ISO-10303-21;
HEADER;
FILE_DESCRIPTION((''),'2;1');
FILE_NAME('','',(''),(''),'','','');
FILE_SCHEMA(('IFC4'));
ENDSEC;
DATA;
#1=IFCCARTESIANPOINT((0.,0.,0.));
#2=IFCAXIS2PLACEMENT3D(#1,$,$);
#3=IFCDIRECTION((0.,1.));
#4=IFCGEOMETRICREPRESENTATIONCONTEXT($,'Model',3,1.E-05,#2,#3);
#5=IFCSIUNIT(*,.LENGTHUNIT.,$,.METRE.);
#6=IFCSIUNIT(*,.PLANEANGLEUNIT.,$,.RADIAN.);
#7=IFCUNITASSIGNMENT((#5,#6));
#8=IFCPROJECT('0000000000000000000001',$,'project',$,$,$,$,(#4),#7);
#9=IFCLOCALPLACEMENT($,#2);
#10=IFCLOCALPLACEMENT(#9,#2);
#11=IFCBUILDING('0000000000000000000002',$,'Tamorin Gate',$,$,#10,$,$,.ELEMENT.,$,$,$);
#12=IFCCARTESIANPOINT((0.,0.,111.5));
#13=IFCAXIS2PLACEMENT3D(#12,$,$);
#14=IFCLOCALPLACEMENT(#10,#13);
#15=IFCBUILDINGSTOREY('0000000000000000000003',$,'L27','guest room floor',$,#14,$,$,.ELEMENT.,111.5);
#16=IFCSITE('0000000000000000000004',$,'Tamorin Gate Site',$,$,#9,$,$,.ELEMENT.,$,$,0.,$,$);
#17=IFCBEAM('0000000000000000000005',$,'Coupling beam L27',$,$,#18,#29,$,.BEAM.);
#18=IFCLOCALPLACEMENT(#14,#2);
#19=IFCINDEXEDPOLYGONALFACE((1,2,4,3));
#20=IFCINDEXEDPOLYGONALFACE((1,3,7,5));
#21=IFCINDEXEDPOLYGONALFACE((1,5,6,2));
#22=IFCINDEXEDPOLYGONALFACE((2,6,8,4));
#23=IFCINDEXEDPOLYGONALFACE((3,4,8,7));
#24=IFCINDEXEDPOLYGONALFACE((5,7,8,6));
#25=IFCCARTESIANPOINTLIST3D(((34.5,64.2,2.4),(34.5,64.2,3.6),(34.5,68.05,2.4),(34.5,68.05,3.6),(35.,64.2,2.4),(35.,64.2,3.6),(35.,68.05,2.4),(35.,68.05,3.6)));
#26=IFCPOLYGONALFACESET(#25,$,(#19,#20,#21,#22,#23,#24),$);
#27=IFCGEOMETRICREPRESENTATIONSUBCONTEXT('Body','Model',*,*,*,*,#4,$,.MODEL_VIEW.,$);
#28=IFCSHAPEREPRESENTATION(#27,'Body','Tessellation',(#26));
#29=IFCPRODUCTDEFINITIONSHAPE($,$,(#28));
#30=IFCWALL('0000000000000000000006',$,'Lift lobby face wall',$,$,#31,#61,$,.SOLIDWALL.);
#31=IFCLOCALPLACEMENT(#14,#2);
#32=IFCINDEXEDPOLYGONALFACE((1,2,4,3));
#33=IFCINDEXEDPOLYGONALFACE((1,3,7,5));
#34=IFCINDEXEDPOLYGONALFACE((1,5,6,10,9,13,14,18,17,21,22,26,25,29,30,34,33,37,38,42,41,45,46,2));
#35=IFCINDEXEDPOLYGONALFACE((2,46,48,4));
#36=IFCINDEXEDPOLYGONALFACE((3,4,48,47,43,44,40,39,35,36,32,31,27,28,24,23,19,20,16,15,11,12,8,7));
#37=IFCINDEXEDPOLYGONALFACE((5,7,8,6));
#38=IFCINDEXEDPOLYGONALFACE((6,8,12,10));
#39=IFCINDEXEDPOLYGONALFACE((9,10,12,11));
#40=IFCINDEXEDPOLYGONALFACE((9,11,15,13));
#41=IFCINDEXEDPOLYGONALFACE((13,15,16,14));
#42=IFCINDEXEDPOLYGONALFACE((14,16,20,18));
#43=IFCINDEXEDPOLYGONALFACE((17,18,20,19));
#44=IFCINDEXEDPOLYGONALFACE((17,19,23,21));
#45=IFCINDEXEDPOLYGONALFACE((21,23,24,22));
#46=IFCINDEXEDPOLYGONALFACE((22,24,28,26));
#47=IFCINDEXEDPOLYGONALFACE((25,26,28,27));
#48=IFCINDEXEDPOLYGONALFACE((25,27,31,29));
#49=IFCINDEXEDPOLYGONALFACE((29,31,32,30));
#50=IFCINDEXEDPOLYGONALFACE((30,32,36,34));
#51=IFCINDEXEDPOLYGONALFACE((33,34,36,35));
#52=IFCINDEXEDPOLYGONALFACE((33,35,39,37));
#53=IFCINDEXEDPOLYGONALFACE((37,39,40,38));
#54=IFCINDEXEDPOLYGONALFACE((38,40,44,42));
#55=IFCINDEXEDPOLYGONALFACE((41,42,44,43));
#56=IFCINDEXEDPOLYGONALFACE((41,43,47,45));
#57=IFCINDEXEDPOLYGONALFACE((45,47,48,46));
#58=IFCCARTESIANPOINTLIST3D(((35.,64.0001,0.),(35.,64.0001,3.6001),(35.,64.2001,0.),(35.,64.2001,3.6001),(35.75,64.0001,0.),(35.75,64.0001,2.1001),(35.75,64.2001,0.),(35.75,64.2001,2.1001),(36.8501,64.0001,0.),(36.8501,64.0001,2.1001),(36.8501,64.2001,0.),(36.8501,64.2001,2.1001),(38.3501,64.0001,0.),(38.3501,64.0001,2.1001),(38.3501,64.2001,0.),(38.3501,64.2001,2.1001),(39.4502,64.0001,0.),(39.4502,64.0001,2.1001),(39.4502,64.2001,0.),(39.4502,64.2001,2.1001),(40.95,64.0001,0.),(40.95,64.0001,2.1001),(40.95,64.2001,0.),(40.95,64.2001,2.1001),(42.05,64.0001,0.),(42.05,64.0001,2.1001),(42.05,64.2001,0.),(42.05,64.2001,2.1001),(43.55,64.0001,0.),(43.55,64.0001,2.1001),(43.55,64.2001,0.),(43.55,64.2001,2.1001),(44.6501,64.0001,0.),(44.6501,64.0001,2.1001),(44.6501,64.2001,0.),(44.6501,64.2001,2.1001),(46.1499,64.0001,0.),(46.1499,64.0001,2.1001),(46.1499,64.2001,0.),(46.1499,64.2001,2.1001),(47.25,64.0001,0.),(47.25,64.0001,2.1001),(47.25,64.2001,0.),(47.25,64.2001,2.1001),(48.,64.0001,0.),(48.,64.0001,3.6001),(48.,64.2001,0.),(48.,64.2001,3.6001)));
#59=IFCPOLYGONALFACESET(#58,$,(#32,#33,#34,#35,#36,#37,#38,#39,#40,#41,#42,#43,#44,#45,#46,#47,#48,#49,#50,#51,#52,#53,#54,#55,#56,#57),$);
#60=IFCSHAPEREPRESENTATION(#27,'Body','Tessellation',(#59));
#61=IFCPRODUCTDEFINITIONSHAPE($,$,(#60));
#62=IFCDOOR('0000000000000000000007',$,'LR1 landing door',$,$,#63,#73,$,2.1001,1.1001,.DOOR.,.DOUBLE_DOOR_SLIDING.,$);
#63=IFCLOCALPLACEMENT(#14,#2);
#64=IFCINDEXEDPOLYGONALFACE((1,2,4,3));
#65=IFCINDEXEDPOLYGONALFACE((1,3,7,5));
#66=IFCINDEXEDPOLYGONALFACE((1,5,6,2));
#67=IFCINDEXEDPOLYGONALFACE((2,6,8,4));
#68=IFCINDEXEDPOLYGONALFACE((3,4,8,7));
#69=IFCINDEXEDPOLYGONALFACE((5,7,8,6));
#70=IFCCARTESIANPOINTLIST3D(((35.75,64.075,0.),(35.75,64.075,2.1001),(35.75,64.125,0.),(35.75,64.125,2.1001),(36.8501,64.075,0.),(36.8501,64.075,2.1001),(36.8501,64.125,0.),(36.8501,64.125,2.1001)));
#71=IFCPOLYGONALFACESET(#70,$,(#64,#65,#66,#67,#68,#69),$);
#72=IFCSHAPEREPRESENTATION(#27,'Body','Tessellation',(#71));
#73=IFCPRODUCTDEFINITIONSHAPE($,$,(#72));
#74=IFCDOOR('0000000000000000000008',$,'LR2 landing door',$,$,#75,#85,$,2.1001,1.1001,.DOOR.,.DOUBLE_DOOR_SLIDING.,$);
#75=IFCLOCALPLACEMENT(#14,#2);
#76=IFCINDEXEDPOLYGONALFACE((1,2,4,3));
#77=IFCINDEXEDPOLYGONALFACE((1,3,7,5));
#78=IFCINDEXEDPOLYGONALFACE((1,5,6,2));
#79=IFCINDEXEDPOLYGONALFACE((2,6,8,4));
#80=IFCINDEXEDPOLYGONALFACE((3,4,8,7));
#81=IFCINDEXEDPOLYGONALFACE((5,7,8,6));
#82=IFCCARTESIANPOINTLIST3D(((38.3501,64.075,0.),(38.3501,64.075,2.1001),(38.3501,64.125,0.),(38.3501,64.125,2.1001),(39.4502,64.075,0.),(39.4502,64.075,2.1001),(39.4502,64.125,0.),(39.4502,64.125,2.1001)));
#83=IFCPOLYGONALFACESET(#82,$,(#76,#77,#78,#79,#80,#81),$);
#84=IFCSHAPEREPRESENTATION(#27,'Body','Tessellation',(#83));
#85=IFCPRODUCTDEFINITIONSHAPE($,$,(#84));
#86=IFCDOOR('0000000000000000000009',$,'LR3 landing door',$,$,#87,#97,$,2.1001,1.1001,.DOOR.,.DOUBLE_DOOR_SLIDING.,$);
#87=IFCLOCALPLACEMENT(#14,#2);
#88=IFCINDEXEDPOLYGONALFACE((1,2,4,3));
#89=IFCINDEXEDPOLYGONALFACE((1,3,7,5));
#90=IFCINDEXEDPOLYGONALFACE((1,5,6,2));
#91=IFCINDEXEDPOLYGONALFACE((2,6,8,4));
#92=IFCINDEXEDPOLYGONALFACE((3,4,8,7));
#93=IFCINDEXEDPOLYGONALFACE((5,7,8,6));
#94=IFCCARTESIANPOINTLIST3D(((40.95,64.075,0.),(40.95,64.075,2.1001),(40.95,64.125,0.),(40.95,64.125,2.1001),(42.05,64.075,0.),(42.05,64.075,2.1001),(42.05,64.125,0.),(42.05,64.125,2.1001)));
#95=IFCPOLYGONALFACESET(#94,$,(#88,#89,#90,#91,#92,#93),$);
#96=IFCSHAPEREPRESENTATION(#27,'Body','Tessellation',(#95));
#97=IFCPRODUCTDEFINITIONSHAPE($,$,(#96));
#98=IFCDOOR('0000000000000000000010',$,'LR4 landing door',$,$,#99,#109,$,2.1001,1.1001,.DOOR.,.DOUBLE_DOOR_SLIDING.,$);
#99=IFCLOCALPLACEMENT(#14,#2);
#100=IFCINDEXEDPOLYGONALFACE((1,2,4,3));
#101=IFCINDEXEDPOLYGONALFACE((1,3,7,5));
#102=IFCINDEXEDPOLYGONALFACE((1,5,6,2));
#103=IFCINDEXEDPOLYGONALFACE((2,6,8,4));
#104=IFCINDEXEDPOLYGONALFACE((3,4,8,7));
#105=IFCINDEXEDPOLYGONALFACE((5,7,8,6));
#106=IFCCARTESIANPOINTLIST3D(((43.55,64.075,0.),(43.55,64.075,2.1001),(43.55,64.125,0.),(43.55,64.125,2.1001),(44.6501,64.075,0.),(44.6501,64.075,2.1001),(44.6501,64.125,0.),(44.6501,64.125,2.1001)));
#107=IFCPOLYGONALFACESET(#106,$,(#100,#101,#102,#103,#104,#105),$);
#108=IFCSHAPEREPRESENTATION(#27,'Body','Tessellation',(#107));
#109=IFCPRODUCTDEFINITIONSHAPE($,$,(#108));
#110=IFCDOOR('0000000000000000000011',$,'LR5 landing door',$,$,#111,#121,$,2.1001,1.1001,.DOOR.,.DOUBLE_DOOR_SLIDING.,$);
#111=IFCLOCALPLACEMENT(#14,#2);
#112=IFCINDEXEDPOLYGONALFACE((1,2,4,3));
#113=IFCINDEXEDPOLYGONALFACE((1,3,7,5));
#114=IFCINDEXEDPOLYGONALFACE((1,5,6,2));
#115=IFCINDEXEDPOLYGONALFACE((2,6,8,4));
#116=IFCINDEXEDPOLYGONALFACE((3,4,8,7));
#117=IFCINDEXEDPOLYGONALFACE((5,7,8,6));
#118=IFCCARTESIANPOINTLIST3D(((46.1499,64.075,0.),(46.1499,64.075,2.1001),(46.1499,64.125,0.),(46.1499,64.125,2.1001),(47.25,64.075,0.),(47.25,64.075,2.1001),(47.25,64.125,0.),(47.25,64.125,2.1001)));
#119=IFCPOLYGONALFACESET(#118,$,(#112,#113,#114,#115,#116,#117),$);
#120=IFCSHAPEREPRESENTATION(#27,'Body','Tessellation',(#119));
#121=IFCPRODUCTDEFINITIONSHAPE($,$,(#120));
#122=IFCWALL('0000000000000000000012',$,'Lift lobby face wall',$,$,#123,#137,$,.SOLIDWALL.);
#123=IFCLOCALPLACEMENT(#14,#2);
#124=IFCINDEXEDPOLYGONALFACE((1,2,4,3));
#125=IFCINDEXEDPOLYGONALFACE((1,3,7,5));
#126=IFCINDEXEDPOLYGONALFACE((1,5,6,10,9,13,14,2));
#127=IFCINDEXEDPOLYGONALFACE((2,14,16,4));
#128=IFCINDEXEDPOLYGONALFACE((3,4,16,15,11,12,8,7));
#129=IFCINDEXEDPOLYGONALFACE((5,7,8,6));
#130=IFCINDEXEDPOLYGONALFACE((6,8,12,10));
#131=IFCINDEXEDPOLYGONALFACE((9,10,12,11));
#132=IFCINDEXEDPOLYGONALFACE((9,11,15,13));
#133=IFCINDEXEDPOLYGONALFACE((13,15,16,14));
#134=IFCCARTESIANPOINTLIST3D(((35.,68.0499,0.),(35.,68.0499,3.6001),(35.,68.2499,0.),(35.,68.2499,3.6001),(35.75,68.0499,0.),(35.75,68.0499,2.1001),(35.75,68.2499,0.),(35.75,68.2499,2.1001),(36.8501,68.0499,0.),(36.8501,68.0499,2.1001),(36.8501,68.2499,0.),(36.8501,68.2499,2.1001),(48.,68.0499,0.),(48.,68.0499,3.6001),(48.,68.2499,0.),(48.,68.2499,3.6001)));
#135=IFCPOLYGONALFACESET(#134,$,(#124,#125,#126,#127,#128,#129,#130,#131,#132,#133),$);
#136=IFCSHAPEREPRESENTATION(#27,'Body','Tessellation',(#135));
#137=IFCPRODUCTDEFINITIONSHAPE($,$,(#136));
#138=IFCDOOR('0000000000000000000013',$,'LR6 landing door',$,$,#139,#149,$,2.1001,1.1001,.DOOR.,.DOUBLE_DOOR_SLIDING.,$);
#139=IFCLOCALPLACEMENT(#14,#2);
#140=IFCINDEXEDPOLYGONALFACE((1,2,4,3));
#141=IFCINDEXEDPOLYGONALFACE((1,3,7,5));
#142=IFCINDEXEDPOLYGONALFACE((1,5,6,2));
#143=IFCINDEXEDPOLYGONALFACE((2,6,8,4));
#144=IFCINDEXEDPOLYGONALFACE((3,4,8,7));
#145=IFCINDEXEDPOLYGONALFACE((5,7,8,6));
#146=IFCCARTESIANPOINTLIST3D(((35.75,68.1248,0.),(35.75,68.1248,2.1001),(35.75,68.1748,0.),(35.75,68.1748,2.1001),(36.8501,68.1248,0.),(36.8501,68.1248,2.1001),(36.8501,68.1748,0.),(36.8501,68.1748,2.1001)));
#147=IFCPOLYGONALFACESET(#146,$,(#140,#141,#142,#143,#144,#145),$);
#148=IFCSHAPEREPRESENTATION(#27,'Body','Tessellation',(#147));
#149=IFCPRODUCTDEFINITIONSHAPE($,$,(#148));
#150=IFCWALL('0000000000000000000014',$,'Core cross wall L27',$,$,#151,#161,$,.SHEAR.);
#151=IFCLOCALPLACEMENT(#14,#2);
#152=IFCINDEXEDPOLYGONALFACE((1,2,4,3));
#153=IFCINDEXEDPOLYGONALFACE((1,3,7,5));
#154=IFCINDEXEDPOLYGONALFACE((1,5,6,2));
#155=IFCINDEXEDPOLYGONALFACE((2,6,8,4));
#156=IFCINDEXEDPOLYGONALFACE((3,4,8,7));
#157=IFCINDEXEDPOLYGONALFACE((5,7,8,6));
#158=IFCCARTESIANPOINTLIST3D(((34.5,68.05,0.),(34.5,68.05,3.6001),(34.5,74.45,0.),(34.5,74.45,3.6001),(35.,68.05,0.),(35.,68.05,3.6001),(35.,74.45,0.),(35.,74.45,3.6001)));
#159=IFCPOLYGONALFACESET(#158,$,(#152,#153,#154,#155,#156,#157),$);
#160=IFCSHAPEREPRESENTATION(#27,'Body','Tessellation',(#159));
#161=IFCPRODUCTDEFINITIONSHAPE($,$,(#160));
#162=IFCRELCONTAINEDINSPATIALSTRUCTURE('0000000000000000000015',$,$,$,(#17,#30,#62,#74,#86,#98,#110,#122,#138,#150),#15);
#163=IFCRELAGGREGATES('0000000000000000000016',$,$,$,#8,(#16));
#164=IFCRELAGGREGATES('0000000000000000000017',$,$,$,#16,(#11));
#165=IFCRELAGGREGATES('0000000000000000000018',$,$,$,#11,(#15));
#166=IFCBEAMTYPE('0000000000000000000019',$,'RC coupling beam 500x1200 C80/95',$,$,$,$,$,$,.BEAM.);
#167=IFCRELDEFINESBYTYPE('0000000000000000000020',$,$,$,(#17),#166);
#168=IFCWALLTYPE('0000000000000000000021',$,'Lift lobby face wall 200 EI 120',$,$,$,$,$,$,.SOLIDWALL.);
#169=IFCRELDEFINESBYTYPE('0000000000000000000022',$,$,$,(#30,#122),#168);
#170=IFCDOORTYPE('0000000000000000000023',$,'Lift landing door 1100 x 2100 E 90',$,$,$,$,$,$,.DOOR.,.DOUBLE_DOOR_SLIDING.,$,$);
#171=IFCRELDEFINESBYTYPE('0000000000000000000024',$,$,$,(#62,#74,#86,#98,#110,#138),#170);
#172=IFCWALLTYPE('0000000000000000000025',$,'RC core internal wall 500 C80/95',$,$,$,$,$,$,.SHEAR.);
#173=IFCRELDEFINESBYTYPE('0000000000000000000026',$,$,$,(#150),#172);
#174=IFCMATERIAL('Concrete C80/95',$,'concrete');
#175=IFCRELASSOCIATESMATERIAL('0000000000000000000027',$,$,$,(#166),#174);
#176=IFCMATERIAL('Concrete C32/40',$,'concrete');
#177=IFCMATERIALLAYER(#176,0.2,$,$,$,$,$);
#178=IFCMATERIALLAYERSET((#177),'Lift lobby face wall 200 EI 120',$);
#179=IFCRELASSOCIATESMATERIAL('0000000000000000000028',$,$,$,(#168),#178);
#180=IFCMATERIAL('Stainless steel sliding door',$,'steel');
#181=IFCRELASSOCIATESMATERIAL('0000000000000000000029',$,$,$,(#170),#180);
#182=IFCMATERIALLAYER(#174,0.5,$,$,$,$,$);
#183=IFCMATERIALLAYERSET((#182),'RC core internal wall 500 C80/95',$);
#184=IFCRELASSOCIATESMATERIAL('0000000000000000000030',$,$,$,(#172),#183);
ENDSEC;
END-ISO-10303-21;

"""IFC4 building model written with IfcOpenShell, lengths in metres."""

from ifc_helpers import new_model, si_unit, direction, frame, frame_2d, origin, origin_2d, place, context, subcontext, project, spatial, rectangle, extrude, material, layer, layer_set, material_profile, profile_set, type_object, element, fill, save


model = new_model("IFC4")

# Units and contexts
model_context = context("Model", 3, precision=1e-05, world=origin(), true_north=direction((0.0, 1.0)))
body_context = subcontext(model_context, "Body", "Model", "MODEL_VIEW")
ifc_project = project(units=[si_unit("LENGTHUNIT", "METRE"), si_unit("PLANEANGLEUNIT", "RADIAN")], contexts=[model_context])

# Site, building, storey
site_placement = place(None, origin())
site = spatial("IfcSite", under=ifc_project, at=site_placement, Name="Tamorin Gate Site", CompositionType="ELEMENT", RefElevation=0.0)
building_placement = place(site_placement, origin())
building = spatial("IfcBuilding", under=site, at=building_placement, Name="Tamorin Gate", CompositionType="ELEMENT")
storey_placement = place(building_placement, frame((0.0, 0.0, 111.5)))
storey = spatial("IfcBuildingStorey", under=building, at=storey_placement, Name="L27", Description="guest room floor", CompositionType="ELEMENT", Elevation=111.5)

# Beam
ifc_material_1 = material(Name="Concrete C80/95", Category="concrete")
ifc_material_profile = material_profile(ifc_material_1, rectangle(XDim=0.5, YDim=1.2, at=origin_2d()), Name="RC 500x1200")
ifc_profile_set = profile_set([ifc_material_profile], Name="Concrete C80/95")
beam_type = type_object("IfcBeamType", Name="RC coupling beam 500x1200 C80/95", PredefinedType="BEAM", material=ifc_profile_set)
beam_placement = place(storey_placement, frame((34.75, 64.2, 3.0), z_axis=(0.0, 1.0, 0.0), x_axis=(-1.0, 0.0, 0.0)))
element("IfcBeam", 1, at=beam_placement, inside=storey, type_object=beam_type, Name="Coupling beam L27", PredefinedType="BEAM", context=body_context, shape_type="SweptSolid", body=[
    extrude(rectangle(XDim=0.5, YDim=1.2, at=origin_2d()), origin(), (0.0, 0.0, 1.0), 3.8501),
])

# Wall, openings, doors
ifc_material_2 = material(Name="Concrete C32/40", Category="concrete")
ifc_layer_1 = layer(ifc_material_2, 0.2)
ifc_layer_set_1 = layer_set([ifc_layer_1], Name="Lift lobby face wall 200 EI 120")
wall_type_1 = type_object("IfcWallType", Name="Lift lobby face wall 200 EI 120", PredefinedType="SOLIDWALL", material=ifc_layer_set_1)
wall_1_placement = place(storey_placement, frame((35.0, 64.1001, 0.0), z_axis=(0.0, 0.0, 1.0), x_axis=(1.0, 0.0, 0.0)))
wall_1 = element("IfcWall", 2, at=wall_1_placement, inside=storey, type_object=wall_type_1, Name="Lift lobby face wall", PredefinedType="SOLIDWALL", context=body_context, shape_type="SweptSolid", body=[
    extrude(rectangle(XDim=13.0, YDim=0.2, at=frame_2d((6.5, 0.0))), origin(), (0.0, 0.0, 1.0), 3.6001),
])
opening_1_placement = place(wall_1_placement, frame((0.75, 0.0, 0.0)))
opening_1 = element("IfcOpeningElement", 3, at=opening_1_placement, cuts=wall_1, PredefinedType="OPENING", context=body_context, shape_type="SweptSolid", body=[
    extrude(rectangle(XDim=1.1001, YDim=2.1001, at=frame_2d((0.55, 1.05))), frame((0.0, 0.1099, 0.0), z_axis=(0.0, -1.0, 0.0), x_axis=(1.0, 0.0, 0.0)), (0.0, 0.0, 1.0), 0.22),
])
opening_2_placement = place(wall_1_placement, frame((3.3501, 0.0, 0.0)))
opening_2 = element("IfcOpeningElement", 4, at=opening_2_placement, cuts=wall_1, PredefinedType="OPENING", context=body_context, shape_type="SweptSolid", body=[
    extrude(rectangle(XDim=1.1001, YDim=2.1001, at=frame_2d((0.55, 1.05))), frame((0.0, 0.1099, 0.0), z_axis=(0.0, -1.0, 0.0), x_axis=(1.0, 0.0, 0.0)), (0.0, 0.0, 1.0), 0.22),
])
opening_3_placement = place(wall_1_placement, frame((5.95, 0.0, 0.0)))
opening_3 = element("IfcOpeningElement", 5, at=opening_3_placement, cuts=wall_1, PredefinedType="OPENING", context=body_context, shape_type="SweptSolid", body=[
    extrude(rectangle(XDim=1.1001, YDim=2.1001, at=frame_2d((0.55, 1.05))), frame((0.0, 0.1099, 0.0), z_axis=(0.0, -1.0, 0.0), x_axis=(1.0, 0.0, 0.0)), (0.0, 0.0, 1.0), 0.22),
])
opening_4_placement = place(wall_1_placement, frame((8.55, 0.0, 0.0)))
opening_4 = element("IfcOpeningElement", 6, at=opening_4_placement, cuts=wall_1, PredefinedType="OPENING", context=body_context, shape_type="SweptSolid", body=[
    extrude(rectangle(XDim=1.1001, YDim=2.1001, at=frame_2d((0.55, 1.05))), frame((0.0, 0.1099, 0.0), z_axis=(0.0, -1.0, 0.0), x_axis=(1.0, 0.0, 0.0)), (0.0, 0.0, 1.0), 0.22),
])
opening_5_placement = place(wall_1_placement, frame((11.1499, 0.0, 0.0)))
opening_5 = element("IfcOpeningElement", 7, at=opening_5_placement, cuts=wall_1, PredefinedType="OPENING", context=body_context, shape_type="SweptSolid", body=[
    extrude(rectangle(XDim=1.1001, YDim=2.1001, at=frame_2d((0.55, 1.05))), frame((0.0, 0.1099, 0.0), z_axis=(0.0, -1.0, 0.0), x_axis=(1.0, 0.0, 0.0)), (0.0, 0.0, 1.0), 0.22),
])
ifc_material_3 = material(Name="Stainless steel sliding door", Category="steel")
door_type_1 = type_object("IfcDoorType", Name="Lift landing door 1100 x 2100 E 90", OperationType="DOUBLE_DOOR_SLIDING", PredefinedType="DOOR", material=ifc_material_3)
door_1_placement = place(opening_1_placement, origin())
door_1 = element("IfcDoor", 8, at=door_1_placement, inside=storey, type_object=door_type_1, Name="LR1 landing door", OperationType="DOUBLE_DOOR_SLIDING", OverallHeight=2.1001, OverallWidth=1.1001, PredefinedType="DOOR", context=body_context, shape_type="SweptSolid", body=[
    extrude(rectangle(XDim=1.1001, YDim=2.1001, at=frame_2d((0.55, 1.05))), frame((0.0, 0.0249, 0.0), z_axis=(0.0, -1.0, 0.0), x_axis=(1.0, 0.0, 0.0)), (0.0, 0.0, 1.0), 0.05),
])
fill(opening_1, door_1)
door_2_placement = place(opening_2_placement, origin())
door_2 = element("IfcDoor", 9, at=door_2_placement, inside=storey, type_object=door_type_1, Name="LR2 landing door", OperationType="DOUBLE_DOOR_SLIDING", OverallHeight=2.1001, OverallWidth=1.1001, PredefinedType="DOOR", context=body_context, shape_type="SweptSolid", body=[
    extrude(rectangle(XDim=1.1001, YDim=2.1001, at=frame_2d((0.55, 1.05))), frame((0.0, 0.0249, 0.0), z_axis=(0.0, -1.0, 0.0), x_axis=(1.0, 0.0, 0.0)), (0.0, 0.0, 1.0), 0.05),
])
fill(opening_2, door_2)
door_3_placement = place(opening_3_placement, origin())
door_3 = element("IfcDoor", 10, at=door_3_placement, inside=storey, type_object=door_type_1, Name="LR3 landing door", OperationType="DOUBLE_DOOR_SLIDING", OverallHeight=2.1001, OverallWidth=1.1001, PredefinedType="DOOR", context=body_context, shape_type="SweptSolid", body=[
    extrude(rectangle(XDim=1.1001, YDim=2.1001, at=frame_2d((0.55, 1.05))), frame((0.0, 0.0249, 0.0), z_axis=(0.0, -1.0, 0.0), x_axis=(1.0, 0.0, 0.0)), (0.0, 0.0, 1.0), 0.05),
])
fill(opening_3, door_3)
door_4_placement = place(opening_4_placement, origin())
door_4 = element("IfcDoor", 11, at=door_4_placement, inside=storey, type_object=door_type_1, Name="LR4 landing door", OperationType="DOUBLE_DOOR_SLIDING", OverallHeight=2.1001, OverallWidth=1.1001, PredefinedType="DOOR", context=body_context, shape_type="SweptSolid", body=[
    extrude(rectangle(XDim=1.1001, YDim=2.1001, at=frame_2d((0.55, 1.05))), frame((0.0, 0.0249, 0.0), z_axis=(0.0, -1.0, 0.0), x_axis=(1.0, 0.0, 0.0)), (0.0, 0.0, 1.0), 0.05),
])
fill(opening_4, door_4)
door_5_placement = place(opening_5_placement, origin())
door_5 = element("IfcDoor", 12, at=door_5_placement, inside=storey, type_object=door_type_1, Name="LR5 landing door", OperationType="DOUBLE_DOOR_SLIDING", OverallHeight=2.1001, OverallWidth=1.1001, PredefinedType="DOOR", context=body_context, shape_type="SweptSolid", body=[
    extrude(rectangle(XDim=1.1001, YDim=2.1001, at=frame_2d((0.55, 1.05))), frame((0.0, 0.0249, 0.0), z_axis=(0.0, -1.0, 0.0), x_axis=(1.0, 0.0, 0.0)), (0.0, 0.0, 1.0), 0.05),
])
fill(opening_5, door_5)

# Wall, opening, door
wall_2_placement = place(storey_placement, frame((35.0, 68.1499, 0.0), z_axis=(0.0, 0.0, 1.0), x_axis=(1.0, 0.0, 0.0)))
wall_2 = element("IfcWall", 13, at=wall_2_placement, inside=storey, type_object=wall_type_1, Name="Lift lobby face wall", PredefinedType="SOLIDWALL", context=body_context, shape_type="SweptSolid", body=[
    extrude(rectangle(XDim=13.0, YDim=0.2, at=frame_2d((6.5, 0.0))), origin(), (0.0, 0.0, 1.0), 3.6001),
])
opening_6_placement = place(wall_2_placement, frame((0.75, 0.0, 0.0)))
opening_6 = element("IfcOpeningElement", 14, at=opening_6_placement, cuts=wall_2, PredefinedType="OPENING", context=body_context, shape_type="SweptSolid", body=[
    extrude(rectangle(XDim=1.1001, YDim=2.1001, at=frame_2d((0.55, 1.05))), frame((0.0, 0.1099, 0.0), z_axis=(0.0, -1.0, 0.0), x_axis=(1.0, 0.0, 0.0)), (0.0, 0.0, 1.0), 0.22),
])
door_6_placement = place(opening_6_placement, origin())
door_6 = element("IfcDoor", 15, at=door_6_placement, inside=storey, type_object=door_type_1, Name="LR6 landing door", OperationType="DOUBLE_DOOR_SLIDING", OverallHeight=2.1001, OverallWidth=1.1001, PredefinedType="DOOR", context=body_context, shape_type="SweptSolid", body=[
    extrude(rectangle(XDim=1.1001, YDim=2.1001, at=frame_2d((0.55, 1.05))), frame((0.0, 0.0249, 0.0), z_axis=(0.0, -1.0, 0.0), x_axis=(1.0, 0.0, 0.0)), (0.0, 0.0, 1.0), 0.05),
])
fill(opening_6, door_6)

# Wall
ifc_layer_2 = layer(ifc_material_1, 0.5)
ifc_layer_set_2 = layer_set([ifc_layer_2], Name="RC core internal wall 500 C80/95")
wall_type_2 = type_object("IfcWallType", Name="RC core internal wall 500 C80/95", PredefinedType="SHEAR", material=ifc_layer_set_2)
wall_3_placement = place(storey_placement, frame((34.75, 68.05, 0.0), z_axis=(0.0, 0.0, 1.0), x_axis=(0.0, 1.0, 0.0)))
element("IfcWall", 16, at=wall_3_placement, inside=storey, type_object=wall_type_2, Name="Core cross wall L27", PredefinedType="SHEAR", context=body_context, shape_type="SweptSolid", body=[
    extrude(rectangle(XDim=6.3999, YDim=0.5, at=frame_2d((3.2, 0.0))), origin(), (0.0, 0.0, 1.0), 3.6001),
])

save(model, "model.ifc")
